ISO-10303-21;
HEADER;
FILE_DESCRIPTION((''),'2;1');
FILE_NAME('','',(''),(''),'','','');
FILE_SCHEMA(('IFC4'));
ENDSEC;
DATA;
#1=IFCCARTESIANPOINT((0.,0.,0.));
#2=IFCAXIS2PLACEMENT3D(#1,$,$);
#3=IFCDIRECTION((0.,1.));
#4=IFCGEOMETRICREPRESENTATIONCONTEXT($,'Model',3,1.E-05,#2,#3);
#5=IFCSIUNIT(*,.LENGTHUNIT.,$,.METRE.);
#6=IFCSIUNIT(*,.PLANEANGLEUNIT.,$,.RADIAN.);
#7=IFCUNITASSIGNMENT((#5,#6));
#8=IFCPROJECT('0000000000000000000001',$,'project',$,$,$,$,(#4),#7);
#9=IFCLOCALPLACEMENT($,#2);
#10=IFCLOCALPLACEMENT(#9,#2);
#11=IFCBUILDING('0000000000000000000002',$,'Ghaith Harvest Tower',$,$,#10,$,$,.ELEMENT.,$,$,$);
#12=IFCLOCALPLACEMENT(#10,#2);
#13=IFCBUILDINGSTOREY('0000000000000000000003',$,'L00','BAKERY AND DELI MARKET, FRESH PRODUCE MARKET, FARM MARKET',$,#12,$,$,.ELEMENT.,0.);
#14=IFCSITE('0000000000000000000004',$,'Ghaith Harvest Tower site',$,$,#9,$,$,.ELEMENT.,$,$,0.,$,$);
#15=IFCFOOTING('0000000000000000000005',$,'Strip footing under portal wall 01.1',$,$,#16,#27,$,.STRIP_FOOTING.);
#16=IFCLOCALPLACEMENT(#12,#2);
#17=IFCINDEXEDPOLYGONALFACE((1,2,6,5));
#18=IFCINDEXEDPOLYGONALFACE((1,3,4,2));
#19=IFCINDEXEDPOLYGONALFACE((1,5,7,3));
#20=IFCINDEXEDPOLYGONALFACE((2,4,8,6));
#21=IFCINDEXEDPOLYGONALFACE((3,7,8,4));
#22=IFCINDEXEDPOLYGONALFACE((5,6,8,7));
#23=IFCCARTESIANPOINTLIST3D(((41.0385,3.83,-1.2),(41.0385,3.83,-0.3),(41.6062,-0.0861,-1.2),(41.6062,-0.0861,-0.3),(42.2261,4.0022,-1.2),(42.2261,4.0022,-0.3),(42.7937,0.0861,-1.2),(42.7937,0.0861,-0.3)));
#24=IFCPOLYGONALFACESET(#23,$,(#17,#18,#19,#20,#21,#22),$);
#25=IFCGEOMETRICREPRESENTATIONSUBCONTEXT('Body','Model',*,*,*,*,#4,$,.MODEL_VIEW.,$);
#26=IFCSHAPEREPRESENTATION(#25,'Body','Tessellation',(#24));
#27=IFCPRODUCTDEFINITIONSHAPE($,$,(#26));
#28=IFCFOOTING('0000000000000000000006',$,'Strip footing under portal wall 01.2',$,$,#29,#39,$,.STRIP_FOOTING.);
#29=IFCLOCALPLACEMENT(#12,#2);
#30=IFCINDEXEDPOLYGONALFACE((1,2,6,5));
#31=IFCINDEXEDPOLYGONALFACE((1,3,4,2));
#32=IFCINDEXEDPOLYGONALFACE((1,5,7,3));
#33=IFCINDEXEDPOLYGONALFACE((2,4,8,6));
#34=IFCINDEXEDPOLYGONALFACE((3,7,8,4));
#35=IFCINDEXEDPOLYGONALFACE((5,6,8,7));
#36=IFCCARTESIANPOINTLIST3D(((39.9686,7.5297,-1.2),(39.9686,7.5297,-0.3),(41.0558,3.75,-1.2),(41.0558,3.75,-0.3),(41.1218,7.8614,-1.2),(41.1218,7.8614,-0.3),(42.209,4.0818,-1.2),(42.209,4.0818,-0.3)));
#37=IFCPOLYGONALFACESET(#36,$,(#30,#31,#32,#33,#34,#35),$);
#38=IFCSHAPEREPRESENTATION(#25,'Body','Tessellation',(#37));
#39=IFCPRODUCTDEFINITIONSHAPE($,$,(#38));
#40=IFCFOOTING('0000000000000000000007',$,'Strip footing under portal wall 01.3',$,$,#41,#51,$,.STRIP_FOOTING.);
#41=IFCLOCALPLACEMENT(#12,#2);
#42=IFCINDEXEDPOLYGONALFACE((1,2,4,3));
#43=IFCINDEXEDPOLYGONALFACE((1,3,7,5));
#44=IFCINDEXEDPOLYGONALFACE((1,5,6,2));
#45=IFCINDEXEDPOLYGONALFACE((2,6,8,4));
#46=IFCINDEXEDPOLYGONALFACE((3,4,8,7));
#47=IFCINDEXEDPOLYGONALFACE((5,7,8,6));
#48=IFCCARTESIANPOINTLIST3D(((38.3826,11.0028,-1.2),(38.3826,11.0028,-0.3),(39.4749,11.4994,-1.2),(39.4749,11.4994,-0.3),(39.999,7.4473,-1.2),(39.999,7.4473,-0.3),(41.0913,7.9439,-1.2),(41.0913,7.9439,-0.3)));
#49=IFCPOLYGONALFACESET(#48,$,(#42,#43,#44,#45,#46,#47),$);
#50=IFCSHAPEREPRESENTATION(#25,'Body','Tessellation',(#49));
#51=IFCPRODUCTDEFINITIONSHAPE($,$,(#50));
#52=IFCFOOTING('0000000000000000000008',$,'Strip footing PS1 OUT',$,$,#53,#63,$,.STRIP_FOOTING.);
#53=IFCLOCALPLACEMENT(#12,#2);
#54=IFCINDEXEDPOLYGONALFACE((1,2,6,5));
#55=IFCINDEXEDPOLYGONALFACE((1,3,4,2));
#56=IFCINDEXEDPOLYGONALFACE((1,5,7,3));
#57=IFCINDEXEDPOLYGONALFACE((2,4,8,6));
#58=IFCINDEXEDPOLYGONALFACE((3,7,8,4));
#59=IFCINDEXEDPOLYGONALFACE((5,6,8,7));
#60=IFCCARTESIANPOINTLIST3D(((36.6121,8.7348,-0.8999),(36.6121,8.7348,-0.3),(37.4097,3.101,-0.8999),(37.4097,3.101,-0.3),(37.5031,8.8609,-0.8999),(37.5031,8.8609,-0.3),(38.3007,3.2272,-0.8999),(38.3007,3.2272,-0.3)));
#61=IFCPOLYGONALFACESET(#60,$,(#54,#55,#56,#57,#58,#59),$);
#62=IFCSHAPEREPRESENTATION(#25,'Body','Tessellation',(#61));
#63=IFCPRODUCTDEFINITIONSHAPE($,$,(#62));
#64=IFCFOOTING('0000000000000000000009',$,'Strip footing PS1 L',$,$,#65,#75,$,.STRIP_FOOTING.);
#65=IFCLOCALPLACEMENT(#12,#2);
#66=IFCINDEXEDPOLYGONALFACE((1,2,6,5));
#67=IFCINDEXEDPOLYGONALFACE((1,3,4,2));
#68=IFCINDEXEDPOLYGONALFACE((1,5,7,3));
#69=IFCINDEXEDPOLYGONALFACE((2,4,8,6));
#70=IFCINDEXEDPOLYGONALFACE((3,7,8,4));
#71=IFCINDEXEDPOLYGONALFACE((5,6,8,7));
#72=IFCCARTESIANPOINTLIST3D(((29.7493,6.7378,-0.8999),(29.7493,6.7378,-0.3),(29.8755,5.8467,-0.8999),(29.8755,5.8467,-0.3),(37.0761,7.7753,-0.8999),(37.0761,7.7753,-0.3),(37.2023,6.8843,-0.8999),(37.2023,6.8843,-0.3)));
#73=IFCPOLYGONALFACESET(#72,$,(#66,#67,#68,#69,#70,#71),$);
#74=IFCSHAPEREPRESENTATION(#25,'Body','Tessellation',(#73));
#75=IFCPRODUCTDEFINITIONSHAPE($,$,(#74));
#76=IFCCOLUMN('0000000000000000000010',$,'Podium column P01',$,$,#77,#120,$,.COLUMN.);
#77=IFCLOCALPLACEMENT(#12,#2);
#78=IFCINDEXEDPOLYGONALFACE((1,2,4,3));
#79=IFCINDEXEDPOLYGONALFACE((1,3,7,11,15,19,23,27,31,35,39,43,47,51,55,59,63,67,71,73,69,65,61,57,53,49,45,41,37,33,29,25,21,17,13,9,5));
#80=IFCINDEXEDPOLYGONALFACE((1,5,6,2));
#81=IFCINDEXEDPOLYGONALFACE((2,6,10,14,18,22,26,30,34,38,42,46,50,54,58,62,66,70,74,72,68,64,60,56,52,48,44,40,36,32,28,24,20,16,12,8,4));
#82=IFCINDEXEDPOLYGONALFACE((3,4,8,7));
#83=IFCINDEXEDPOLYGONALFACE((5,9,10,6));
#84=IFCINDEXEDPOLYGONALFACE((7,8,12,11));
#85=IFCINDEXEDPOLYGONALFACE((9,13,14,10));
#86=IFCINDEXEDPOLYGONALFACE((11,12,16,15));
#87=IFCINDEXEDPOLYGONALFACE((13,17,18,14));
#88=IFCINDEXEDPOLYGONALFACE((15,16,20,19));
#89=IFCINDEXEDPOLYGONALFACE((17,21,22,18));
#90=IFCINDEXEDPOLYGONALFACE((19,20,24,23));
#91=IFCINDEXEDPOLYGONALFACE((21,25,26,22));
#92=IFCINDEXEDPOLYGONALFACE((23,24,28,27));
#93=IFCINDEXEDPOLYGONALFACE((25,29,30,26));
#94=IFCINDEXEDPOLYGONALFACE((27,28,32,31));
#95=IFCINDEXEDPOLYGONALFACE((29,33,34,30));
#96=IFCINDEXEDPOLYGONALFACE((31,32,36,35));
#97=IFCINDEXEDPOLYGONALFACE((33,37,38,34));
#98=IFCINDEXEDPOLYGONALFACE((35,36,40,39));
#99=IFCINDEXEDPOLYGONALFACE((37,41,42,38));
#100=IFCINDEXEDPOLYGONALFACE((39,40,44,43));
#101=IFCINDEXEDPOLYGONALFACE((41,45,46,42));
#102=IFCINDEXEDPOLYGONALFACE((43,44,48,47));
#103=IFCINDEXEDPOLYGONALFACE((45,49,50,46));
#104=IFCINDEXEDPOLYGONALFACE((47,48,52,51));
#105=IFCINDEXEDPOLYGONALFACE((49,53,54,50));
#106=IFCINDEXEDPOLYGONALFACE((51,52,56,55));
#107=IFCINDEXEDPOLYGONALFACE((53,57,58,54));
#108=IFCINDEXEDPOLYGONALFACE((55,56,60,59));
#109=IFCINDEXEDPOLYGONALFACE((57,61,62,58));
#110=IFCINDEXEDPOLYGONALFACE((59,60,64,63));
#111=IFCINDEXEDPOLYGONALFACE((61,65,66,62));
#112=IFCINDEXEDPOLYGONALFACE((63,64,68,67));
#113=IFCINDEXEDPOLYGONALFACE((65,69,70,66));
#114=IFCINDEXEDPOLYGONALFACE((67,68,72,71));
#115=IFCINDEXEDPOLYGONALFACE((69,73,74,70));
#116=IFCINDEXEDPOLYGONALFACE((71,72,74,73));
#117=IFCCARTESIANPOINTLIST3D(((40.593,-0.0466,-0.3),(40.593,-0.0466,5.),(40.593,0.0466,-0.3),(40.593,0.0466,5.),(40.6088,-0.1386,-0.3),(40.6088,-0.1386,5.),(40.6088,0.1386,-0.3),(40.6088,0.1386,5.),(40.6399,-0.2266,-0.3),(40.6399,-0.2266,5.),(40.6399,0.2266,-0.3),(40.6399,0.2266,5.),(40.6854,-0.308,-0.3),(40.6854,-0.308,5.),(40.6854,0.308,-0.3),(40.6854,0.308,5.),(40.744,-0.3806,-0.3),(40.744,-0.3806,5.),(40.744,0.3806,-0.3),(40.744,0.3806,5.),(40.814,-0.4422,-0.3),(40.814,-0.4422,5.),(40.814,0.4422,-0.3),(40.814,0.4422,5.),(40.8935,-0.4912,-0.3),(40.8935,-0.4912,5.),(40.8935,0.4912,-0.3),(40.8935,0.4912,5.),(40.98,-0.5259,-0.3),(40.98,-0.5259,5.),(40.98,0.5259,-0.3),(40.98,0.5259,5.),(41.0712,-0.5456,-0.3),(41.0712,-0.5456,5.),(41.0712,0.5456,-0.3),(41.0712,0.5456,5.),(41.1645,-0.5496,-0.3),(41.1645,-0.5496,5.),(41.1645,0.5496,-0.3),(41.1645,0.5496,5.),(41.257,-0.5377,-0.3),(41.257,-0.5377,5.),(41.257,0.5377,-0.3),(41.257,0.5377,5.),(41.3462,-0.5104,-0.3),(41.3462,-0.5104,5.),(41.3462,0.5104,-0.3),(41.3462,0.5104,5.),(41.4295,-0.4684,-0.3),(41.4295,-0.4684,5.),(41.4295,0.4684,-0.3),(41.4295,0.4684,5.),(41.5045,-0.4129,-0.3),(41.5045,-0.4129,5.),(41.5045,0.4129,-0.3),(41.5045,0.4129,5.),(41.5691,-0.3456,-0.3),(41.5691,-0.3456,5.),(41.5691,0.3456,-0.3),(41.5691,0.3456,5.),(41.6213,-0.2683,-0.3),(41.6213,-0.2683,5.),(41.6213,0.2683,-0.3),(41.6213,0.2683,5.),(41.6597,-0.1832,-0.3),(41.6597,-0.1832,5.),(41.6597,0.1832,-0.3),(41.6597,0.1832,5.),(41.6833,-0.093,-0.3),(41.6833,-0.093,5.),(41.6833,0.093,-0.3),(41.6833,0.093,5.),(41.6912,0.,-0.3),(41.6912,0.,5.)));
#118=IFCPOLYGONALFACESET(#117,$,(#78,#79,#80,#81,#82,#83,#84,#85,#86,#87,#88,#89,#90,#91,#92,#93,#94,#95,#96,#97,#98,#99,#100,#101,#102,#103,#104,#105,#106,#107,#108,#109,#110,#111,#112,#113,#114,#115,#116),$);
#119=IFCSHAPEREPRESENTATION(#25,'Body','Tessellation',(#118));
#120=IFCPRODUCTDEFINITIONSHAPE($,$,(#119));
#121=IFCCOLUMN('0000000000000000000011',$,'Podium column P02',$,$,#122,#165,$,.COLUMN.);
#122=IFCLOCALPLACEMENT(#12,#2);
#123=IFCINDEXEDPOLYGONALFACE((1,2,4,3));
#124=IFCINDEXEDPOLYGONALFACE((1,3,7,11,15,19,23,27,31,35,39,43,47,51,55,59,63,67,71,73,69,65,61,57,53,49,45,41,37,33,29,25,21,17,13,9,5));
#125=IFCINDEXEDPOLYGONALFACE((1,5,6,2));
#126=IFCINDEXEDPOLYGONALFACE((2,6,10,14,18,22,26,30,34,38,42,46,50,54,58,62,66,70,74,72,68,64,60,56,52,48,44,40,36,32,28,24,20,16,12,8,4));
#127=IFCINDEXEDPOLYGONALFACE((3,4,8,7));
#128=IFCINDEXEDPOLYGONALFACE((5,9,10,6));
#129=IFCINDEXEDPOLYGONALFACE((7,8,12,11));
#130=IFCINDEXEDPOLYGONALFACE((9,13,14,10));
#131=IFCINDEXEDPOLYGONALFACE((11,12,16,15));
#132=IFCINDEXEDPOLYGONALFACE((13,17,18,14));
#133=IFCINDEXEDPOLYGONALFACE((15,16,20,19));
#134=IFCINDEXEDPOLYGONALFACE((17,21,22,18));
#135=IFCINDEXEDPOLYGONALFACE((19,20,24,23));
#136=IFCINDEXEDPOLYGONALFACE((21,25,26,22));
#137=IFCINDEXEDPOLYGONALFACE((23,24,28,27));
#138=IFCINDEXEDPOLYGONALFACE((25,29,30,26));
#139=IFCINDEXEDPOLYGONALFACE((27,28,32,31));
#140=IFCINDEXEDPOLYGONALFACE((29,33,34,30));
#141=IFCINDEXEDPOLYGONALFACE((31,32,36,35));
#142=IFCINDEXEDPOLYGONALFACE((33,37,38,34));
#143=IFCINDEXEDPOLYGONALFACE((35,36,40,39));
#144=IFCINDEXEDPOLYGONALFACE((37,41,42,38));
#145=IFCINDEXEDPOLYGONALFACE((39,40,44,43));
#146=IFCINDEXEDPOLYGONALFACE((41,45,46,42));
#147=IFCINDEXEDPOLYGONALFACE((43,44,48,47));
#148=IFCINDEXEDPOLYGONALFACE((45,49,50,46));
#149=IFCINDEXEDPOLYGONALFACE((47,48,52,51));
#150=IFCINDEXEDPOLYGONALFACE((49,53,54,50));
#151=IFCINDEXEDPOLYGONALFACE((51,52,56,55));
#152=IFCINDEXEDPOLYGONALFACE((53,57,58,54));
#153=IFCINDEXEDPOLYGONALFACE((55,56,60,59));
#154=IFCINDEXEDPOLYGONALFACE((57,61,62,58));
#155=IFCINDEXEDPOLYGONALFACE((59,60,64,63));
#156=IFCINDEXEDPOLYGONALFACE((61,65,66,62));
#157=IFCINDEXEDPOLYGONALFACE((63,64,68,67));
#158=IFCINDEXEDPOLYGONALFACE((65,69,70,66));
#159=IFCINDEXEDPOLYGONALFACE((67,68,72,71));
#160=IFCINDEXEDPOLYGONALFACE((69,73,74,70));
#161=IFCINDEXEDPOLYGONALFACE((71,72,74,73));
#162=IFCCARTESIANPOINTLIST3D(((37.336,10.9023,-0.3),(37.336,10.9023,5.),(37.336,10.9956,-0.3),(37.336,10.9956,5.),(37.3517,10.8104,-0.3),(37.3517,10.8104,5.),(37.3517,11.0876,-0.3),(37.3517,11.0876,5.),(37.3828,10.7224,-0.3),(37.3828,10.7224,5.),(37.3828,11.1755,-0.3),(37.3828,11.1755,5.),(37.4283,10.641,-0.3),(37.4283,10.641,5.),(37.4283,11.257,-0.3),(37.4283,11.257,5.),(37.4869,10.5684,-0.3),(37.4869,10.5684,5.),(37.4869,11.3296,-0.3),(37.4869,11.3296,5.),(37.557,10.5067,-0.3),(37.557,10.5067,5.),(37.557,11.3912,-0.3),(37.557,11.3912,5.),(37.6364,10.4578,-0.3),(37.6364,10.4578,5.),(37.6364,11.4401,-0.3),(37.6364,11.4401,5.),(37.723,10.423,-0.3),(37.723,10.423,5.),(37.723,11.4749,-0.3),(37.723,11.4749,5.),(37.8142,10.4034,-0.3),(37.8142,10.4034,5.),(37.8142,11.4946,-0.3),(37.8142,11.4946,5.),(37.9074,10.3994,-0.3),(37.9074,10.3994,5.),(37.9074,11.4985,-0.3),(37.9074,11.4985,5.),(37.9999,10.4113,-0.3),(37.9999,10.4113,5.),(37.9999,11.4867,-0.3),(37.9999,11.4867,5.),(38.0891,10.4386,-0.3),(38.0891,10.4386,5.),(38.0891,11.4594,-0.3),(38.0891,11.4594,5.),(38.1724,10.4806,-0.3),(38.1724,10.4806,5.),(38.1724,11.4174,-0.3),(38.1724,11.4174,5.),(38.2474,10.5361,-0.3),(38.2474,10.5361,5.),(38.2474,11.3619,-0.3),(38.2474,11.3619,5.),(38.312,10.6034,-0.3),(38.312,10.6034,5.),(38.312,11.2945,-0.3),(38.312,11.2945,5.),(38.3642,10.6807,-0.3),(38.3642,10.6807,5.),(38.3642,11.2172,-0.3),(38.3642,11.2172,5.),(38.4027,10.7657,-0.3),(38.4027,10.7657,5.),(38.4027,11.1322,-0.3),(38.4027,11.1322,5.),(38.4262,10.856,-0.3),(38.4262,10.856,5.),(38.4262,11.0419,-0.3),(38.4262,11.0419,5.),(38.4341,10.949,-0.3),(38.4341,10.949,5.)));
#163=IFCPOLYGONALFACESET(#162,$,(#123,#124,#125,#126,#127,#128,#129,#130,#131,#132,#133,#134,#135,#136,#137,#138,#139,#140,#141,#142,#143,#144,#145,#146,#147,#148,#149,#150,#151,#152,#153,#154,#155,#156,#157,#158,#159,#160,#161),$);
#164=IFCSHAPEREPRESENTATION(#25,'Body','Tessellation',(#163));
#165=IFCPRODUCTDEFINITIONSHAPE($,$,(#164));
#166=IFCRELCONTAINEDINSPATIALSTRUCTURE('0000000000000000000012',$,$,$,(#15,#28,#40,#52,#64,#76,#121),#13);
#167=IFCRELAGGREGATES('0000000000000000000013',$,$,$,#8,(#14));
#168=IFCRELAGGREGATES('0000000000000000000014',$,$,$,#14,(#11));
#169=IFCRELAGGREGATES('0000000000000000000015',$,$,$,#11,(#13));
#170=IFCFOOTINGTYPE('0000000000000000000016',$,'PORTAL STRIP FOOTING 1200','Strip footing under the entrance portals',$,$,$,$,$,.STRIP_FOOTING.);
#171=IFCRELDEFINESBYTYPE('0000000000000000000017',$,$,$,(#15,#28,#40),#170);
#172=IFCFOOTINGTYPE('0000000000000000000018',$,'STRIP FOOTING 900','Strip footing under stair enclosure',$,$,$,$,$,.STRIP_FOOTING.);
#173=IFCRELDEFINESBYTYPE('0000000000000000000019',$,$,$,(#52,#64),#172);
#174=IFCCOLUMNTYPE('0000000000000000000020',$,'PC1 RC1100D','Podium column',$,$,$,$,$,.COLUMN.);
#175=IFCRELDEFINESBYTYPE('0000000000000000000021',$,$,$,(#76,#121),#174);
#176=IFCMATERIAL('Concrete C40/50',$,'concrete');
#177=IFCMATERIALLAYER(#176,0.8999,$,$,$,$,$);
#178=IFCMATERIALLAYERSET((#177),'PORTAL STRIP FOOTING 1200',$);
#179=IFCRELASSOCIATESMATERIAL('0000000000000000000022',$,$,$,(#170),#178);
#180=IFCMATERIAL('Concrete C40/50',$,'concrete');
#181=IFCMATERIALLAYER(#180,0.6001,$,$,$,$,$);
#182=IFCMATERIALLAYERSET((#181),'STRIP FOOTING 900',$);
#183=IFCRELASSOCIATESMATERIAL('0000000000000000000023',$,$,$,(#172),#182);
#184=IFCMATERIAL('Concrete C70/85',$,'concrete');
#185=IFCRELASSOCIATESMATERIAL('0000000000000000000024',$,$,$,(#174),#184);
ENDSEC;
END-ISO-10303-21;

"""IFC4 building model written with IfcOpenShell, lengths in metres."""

from ifc_helpers import new_model, si_unit, direction, frame, frame_2d, origin, origin_2d, place, context, subcontext, project, spatial, rectangle, circle, extrude, material, layer, layer_set, material_profile, profile_set, type_object, element, save


model = new_model("IFC4")

# Units and contexts
model_context = context("Model", 3, precision=1e-05, world=origin(), true_north=direction((0.0, 1.0)))
body_context = subcontext(model_context, "Body", "Model", "MODEL_VIEW")
ifc_project = project(units=[si_unit("LENGTHUNIT", "METRE"), si_unit("PLANEANGLEUNIT", "RADIAN")], contexts=[model_context])

# Site, building, storey
site_placement = place(None, origin())
site = spatial("IfcSite", under=ifc_project, at=site_placement, Name="Ghaith Harvest Tower site", CompositionType="ELEMENT", RefElevation=0.0)
building_placement = place(site_placement, origin())
building = spatial("IfcBuilding", under=site, at=building_placement, Name="Ghaith Harvest Tower", CompositionType="ELEMENT")
storey_placement = place(building_placement, origin())
storey = spatial("IfcBuildingStorey", under=building, at=storey_placement, Name="L00", Description="BAKERY AND DELI MARKET, FRESH PRODUCE MARKET, FARM MARKET", CompositionType="ELEMENT", Elevation=0.0)

# Footings
ifc_material_1 = material(Name="Concrete C40/50", Category="concrete")
ifc_layer_1 = layer(ifc_material_1, 0.8999)
ifc_layer_set_1 = layer_set([ifc_layer_1], Name="PORTAL STRIP FOOTING 1200")
footing_type_1 = type_object("IfcFootingType", Name="PORTAL STRIP FOOTING 1200", Description="Strip footing under the entrance portals", PredefinedType="STRIP_FOOTING", material=ifc_layer_set_1)
footing_1_placement = place(storey_placement, frame((42.2, 0.0, -1.2), z_axis=(0.0, 0.0, 1.0), x_axis=(-0.143451, 0.989657, 0.0)))
element("IfcFooting", 1, at=footing_1_placement, inside=storey, type_object=footing_type_1, Name="Strip footing under portal wall 01.1", PredefinedType="STRIP_FOOTING", context=body_context, shape_type="SweptSolid", body=[
    extrude(rectangle(XDim=3.957, YDim=1.2, at=frame_2d((1.9785, 0.0))), origin(), (0.0, 0.0, 1.0), 0.8999),
])
footing_2_placement = place(storey_placement, frame((41.6323, 3.916, -1.2), z_axis=(0.0, 0.0, 1.0), x_axis=(-0.276434, 0.961033, 0.0)))
element("IfcFooting", 2, at=footing_2_placement, inside=storey, type_object=footing_type_1, Name="Strip footing under portal wall 01.2", PredefinedType="STRIP_FOOTING", context=body_context, shape_type="SweptSolid", body=[
    extrude(rectangle(XDim=3.9329, YDim=1.2, at=frame_2d((1.9663, 0.0))), origin(), (0.0, 0.0, 1.0), 0.8999),
])
footing_3_placement = place(storey_placement, frame((40.5452, 7.6956, -1.2), z_axis=(0.0, 0.0, 1.0), x_axis=(-0.413855, 0.910343, 0.0)))
element("IfcFooting", 3, at=footing_3_placement, inside=storey, type_object=footing_type_1, Name="Strip footing under portal wall 01.3", PredefinedType="STRIP_FOOTING", context=body_context, shape_type="SweptSolid", body=[
    extrude(rectangle(XDim=3.9058, YDim=1.2, at=frame_2d((1.9529, 0.0))), origin(), (0.0, 0.0, 1.0), 0.8999),
])
ifc_material_2 = material(Name="Concrete C40/50", Category="concrete")
ifc_layer_2 = layer(ifc_material_2, 0.6001)
ifc_layer_set_2 = layer_set([ifc_layer_2], Name="STRIP FOOTING 900")
footing_type_2 = type_object("IfcFootingType", Name="STRIP FOOTING 900", Description="Strip footing under stair enclosure", PredefinedType="STRIP_FOOTING", material=ifc_layer_set_2)
footing_4_placement = place(storey_placement, frame((37.0576, 8.7979, -0.8999), z_axis=(0.0, 0.0, 1.0), x_axis=(0.140178, -0.990126, 0.0)))
element("IfcFooting", 4, at=footing_4_placement, inside=storey, type_object=footing_type_2, Name="Strip footing PS1 OUT", PredefinedType="STRIP_FOOTING", context=body_context, shape_type="SweptSolid", body=[
    extrude(rectangle(XDim=5.6899, YDim=0.8999, at=frame_2d((2.845, 0.0))), origin(), (0.0, 0.0, 1.0), 0.5999),
])
footing_5_placement = place(storey_placement, frame((37.1392, 7.3298, -0.8999), z_axis=(0.0, 0.0, 1.0), x_axis=(-0.990121, -0.140216, 0.0)))
element("IfcFooting", 5, at=footing_5_placement, inside=storey, type_object=footing_type_2, Name="Strip footing PS1 L", PredefinedType="STRIP_FOOTING", context=body_context, shape_type="SweptSolid", body=[
    extrude(rectangle(XDim=7.3999, YDim=0.8999, at=frame_2d((3.7, 0.0))), origin(), (0.0, 0.0, 1.0), 0.5999),
])

# Columns
ifc_material_3 = material(Name="Concrete C70/85", Category="concrete")
ifc_material_profile_1 = material_profile(ifc_material_3, circle(Radius=0.55, at=origin_2d()), Name="RC1100D")
ifc_profile_set_1 = profile_set([ifc_material_profile_1], Name="Concrete C70/85")
column_type = type_object("IfcColumnType", Name="PC1 RC1100D", Description="Podium column", PredefinedType="COLUMN", material=ifc_profile_set_1)
for number, where, z_axis, x_axis, name in (
    (6, (41.1411, 0.0, -0.3), (0.0, 0.0, 1.0), (1.0, 0.0, 0.0), "Podium column P01"),
    (7, (37.884, 10.949, -0.3), (0.0, 0.0, 1.0), (1.0, 0.0, 0.0), "Podium column P02"),
):
    element("IfcColumn", number, at=place(storey_placement, frame(where, z_axis=z_axis, x_axis=x_axis)), inside=storey, type_object=column_type, Name=name, PredefinedType="COLUMN", context=body_context, shape_type="SweptSolid", body=[
        extrude(circle(Radius=0.55, at=origin_2d()), origin(), (0.0, 0.0, 1.0), 5.3),
    ])

save(model, "model.ifc")
